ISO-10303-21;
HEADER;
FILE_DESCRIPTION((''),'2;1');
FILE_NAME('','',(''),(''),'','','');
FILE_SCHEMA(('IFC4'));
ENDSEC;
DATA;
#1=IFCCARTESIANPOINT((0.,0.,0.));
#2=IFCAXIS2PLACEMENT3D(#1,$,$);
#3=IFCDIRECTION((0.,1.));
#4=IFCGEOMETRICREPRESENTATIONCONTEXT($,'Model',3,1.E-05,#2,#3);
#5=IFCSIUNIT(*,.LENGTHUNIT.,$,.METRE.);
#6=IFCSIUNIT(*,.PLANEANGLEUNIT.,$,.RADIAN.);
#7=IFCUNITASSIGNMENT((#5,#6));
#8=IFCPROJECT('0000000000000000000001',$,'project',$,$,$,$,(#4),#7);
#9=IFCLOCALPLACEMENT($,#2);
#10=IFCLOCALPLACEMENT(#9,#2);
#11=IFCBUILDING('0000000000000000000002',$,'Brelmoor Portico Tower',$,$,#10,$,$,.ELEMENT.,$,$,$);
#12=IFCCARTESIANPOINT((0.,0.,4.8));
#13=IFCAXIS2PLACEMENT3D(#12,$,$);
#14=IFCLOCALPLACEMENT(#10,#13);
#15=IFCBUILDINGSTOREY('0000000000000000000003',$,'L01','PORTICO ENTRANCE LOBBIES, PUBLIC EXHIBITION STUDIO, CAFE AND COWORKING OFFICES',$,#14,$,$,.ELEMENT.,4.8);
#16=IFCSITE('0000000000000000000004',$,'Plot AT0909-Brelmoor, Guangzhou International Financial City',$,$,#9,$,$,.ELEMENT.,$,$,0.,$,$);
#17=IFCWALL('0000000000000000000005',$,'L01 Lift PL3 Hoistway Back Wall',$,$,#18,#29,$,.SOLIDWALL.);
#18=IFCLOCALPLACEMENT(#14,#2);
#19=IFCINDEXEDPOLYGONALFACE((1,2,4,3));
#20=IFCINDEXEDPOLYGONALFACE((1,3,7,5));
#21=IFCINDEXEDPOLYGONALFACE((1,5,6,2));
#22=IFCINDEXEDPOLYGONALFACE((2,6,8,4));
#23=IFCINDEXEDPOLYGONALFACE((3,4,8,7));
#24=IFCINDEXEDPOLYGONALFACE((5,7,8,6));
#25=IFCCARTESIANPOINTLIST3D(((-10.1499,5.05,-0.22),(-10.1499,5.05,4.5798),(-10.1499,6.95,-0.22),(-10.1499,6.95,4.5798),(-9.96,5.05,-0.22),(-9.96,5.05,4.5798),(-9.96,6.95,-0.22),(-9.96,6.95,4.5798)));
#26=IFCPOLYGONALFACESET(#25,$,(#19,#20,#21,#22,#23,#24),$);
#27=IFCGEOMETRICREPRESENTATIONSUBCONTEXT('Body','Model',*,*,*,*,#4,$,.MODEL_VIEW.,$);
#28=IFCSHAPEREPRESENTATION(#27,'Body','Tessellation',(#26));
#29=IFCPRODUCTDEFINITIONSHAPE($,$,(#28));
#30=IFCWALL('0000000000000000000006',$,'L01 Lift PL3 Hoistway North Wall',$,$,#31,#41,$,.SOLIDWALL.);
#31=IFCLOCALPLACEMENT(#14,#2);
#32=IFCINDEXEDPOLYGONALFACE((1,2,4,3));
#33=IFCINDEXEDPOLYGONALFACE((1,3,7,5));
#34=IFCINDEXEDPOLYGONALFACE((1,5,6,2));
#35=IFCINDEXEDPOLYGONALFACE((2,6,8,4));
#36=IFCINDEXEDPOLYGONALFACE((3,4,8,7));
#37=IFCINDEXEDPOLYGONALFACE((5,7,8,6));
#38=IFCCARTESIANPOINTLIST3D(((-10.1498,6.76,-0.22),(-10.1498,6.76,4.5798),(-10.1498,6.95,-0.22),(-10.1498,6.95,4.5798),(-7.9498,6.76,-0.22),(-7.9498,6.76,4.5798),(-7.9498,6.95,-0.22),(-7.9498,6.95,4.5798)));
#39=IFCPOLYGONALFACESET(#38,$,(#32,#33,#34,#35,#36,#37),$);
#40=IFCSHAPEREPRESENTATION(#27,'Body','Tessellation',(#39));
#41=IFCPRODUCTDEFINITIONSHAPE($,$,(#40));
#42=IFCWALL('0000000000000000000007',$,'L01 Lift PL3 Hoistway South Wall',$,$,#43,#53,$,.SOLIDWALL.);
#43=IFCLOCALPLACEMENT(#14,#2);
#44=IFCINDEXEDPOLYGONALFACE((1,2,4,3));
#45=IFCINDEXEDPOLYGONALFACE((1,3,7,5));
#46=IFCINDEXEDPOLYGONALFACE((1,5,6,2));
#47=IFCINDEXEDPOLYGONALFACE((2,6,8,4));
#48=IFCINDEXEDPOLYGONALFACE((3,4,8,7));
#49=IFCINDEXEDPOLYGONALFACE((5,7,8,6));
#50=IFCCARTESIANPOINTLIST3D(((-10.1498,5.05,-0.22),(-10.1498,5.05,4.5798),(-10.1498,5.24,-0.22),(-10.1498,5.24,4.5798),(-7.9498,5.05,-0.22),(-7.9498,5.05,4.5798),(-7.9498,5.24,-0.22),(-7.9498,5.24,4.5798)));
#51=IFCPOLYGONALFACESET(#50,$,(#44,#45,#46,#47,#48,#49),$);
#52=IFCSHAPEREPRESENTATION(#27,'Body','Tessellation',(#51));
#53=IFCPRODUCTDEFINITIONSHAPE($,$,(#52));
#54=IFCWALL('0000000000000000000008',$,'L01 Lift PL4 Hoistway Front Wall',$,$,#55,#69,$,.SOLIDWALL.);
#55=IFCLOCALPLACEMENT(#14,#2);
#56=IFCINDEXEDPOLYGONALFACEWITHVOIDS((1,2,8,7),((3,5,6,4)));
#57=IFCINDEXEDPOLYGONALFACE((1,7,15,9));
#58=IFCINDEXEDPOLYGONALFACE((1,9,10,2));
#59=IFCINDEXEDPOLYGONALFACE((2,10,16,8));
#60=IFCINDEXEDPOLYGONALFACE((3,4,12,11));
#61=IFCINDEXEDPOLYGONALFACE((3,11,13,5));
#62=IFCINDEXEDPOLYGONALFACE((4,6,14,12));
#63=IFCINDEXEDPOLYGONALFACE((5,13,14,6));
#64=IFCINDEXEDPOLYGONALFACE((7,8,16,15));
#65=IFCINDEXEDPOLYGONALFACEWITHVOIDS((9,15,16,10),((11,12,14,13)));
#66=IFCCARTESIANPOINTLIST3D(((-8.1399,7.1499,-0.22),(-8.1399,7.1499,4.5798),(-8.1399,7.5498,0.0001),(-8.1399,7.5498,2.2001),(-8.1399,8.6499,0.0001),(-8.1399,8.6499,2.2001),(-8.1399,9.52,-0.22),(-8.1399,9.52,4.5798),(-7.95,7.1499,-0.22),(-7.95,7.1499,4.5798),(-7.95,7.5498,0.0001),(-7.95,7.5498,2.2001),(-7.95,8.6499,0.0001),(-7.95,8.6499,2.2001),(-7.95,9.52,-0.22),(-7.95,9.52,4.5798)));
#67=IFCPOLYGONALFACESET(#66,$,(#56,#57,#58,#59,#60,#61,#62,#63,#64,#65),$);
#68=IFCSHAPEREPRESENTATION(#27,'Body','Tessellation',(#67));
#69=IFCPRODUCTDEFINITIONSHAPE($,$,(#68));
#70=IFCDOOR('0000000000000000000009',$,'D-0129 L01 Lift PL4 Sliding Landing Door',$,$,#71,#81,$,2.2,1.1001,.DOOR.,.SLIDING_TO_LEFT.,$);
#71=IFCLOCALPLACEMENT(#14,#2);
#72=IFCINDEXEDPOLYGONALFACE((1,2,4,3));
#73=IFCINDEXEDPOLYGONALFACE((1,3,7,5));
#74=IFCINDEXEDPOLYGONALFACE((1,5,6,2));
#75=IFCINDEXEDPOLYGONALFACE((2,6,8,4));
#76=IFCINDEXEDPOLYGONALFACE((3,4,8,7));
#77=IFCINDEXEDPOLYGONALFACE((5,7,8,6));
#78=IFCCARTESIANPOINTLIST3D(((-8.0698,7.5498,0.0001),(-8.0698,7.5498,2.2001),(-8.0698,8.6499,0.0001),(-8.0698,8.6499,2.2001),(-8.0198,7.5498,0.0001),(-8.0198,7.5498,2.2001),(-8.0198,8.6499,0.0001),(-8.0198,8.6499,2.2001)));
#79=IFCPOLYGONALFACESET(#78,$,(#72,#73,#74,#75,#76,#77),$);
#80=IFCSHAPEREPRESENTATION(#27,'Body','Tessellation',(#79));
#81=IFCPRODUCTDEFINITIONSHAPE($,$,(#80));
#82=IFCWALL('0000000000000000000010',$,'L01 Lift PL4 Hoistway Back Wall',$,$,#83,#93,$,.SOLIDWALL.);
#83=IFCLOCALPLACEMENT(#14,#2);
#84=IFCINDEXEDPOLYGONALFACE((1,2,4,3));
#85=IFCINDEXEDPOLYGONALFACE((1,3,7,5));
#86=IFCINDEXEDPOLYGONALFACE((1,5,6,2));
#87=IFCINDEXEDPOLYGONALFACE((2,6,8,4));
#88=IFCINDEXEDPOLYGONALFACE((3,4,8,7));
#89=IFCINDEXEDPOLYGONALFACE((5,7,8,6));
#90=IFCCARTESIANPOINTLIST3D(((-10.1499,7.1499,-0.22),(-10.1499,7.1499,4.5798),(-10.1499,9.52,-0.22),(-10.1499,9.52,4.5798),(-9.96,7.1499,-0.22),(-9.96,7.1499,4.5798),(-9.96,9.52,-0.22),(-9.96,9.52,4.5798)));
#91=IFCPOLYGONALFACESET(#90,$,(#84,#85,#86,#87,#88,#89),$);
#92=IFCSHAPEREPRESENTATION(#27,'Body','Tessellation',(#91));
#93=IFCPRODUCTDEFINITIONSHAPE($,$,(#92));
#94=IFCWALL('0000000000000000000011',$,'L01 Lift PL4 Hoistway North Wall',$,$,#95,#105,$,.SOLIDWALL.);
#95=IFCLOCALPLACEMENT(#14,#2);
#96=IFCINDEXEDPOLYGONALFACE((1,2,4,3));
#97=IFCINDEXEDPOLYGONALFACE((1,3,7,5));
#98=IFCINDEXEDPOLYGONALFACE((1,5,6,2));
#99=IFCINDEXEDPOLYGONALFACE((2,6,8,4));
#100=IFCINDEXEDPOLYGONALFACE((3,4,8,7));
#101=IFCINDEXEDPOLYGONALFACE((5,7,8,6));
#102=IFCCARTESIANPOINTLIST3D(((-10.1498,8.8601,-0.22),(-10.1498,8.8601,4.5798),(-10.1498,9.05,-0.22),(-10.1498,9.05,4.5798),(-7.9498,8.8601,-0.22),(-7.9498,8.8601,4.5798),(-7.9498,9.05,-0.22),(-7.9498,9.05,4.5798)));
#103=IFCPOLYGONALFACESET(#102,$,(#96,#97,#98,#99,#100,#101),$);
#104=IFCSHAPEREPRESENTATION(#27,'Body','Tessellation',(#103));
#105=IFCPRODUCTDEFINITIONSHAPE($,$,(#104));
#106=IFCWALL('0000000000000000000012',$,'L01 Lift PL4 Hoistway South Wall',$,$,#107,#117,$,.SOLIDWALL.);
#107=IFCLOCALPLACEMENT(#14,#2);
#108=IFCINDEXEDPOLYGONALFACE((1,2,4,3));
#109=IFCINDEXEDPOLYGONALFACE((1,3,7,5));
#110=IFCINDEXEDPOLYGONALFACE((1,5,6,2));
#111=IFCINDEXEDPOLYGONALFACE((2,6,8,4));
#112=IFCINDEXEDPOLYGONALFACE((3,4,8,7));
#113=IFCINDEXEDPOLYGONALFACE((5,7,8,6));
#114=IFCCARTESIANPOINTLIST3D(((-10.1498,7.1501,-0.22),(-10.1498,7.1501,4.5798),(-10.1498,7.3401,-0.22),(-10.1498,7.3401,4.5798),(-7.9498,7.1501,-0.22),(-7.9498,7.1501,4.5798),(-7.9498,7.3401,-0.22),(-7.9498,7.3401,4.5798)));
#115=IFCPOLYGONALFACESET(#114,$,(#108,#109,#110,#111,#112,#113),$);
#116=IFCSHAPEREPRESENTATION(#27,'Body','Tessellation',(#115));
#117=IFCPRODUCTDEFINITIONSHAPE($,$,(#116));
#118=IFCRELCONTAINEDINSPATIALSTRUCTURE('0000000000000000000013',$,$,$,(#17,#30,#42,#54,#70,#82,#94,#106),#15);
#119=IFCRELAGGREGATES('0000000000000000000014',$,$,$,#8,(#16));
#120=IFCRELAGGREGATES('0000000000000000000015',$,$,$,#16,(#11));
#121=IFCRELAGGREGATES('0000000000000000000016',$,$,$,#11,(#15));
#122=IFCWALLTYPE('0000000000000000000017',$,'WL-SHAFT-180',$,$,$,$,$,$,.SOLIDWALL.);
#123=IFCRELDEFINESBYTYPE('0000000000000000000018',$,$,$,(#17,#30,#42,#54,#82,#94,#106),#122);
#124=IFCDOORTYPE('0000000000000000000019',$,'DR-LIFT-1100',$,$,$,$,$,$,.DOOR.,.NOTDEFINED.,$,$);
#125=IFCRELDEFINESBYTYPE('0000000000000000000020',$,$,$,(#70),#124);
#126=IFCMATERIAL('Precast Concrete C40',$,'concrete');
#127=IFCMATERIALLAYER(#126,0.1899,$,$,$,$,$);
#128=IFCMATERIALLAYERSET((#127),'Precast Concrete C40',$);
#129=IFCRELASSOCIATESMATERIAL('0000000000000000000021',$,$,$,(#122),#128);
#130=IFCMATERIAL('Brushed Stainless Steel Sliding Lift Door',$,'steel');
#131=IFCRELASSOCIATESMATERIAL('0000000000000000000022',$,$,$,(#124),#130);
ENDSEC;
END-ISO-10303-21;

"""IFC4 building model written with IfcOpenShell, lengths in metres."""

from ifc_helpers import new_model, si_unit, direction, frame, frame_2d, origin, place, context, subcontext, project, spatial, rectangle, extrude, material, layer, layer_set, type_object, element, fill, save


model = new_model("IFC4")

# Units and contexts
model_context = context("Model", 3, precision=1e-05, world=origin(), true_north=direction((0.0, 1.0)))
body_context = subcontext(model_context, "Body", "Model", "MODEL_VIEW")
ifc_project = project(units=[si_unit("LENGTHUNIT", "METRE"), si_unit("PLANEANGLEUNIT", "RADIAN")], contexts=[model_context])

# Site, building, storey
site_placement = place(None, origin())
site = spatial("IfcSite", under=ifc_project, at=site_placement, Name="Plot AT0909-Brelmoor, Guangzhou International Financial City", CompositionType="ELEMENT", RefElevation=0.0)
building_placement = place(site_placement, origin())
building = spatial("IfcBuilding", under=site, at=building_placement, Name="Brelmoor Portico Tower", CompositionType="ELEMENT")
storey_placement = place(building_placement, frame((0.0, 0.0, 4.8)))
storey = spatial("IfcBuildingStorey", under=building, at=storey_placement, Name="L01", Description="PORTICO ENTRANCE LOBBIES, PUBLIC EXHIBITION STUDIO, CAFE AND COWORKING OFFICES", CompositionType="ELEMENT", Elevation=4.8)

# Shared definitions
ifc_material_1 = material(Name="Precast Concrete C40", Category="concrete")
ifc_layer_1 = layer(ifc_material_1, 0.1899)
ifc_layer_set_1 = layer_set([ifc_layer_1], Name="Precast Concrete C40")
wall_type_1 = type_object("IfcWallType", Name="WL-SHAFT-180", PredefinedType="SOLIDWALL", material=ifc_layer_set_1)

# Shared definitions
ifc_material_2 = material(Name="Brushed Stainless Steel Sliding Lift Door", Category="steel")
door_type_1 = type_object("IfcDoorType", Name="DR-LIFT-1100", OperationType="NOTDEFINED", PredefinedType="DOOR", material=ifc_material_2)

# Walls
wall_1_placement = place(storey_placement, frame((-10.0549, 5.05, -0.22), z_axis=(0.0, 0.0, 1.0), x_axis=(0.0, 1.0, 0.0)))
element("IfcWall", 1, at=wall_1_placement, inside=storey, type_object=wall_type_1, Name="L01 Lift PL3 Hoistway Back Wall", PredefinedType="SOLIDWALL", context=body_context, shape_type="SweptSolid", body=[
    extrude(rectangle(XDim=1.8999, YDim=0.1899, at=frame_2d((0.95, 0.0))), origin(), (0.0, 0.0, 1.0), 4.7998),
])
for number, where, z_axis, x_axis, name in (
    (2, (-10.1499, 6.855, -0.22), (0.0, 0.0, 1.0), (1.0, 0.0, 0.0), "L01 Lift PL3 Hoistway North Wall"),
    (3, (-10.1499, 5.145, -0.22), (0.0, 0.0, 1.0), (1.0, 0.0, 0.0), "L01 Lift PL3 Hoistway South Wall"),
):
    element("IfcWall", number, at=place(storey_placement, frame(where, z_axis=z_axis, x_axis=x_axis)), inside=storey, type_object=wall_type_1, Name=name, PredefinedType="SOLIDWALL", context=body_context, shape_type="SweptSolid", body=[
        extrude(rectangle(XDim=2.2, YDim=0.1899, at=frame_2d((1.1001, 0.0))), origin(), (0.0, 0.0, 1.0), 4.7998),
    ])

# Wall, opening, door
wall_2_placement = place(storey_placement, frame((-8.0449, 7.1499, -0.22), z_axis=(0.0, 0.0, 1.0), x_axis=(0.0, 1.0, 0.0)))
wall_2 = element("IfcWall", 4, at=wall_2_placement, inside=storey, type_object=wall_type_1, Name="L01 Lift PL4 Hoistway Front Wall", PredefinedType="SOLIDWALL", context=body_context, shape_type="SweptSolid", body=[
    extrude(rectangle(XDim=2.3701, YDim=0.1899, at=frame_2d((1.1851, 0.0))), origin(), (0.0, 0.0, 1.0), 4.7998),
])
opening_1_placement = place(wall_2_placement, frame((0.3999, 0.0, 0.22)))
opening_1 = element("IfcOpeningElement", 5, at=opening_1_placement, cuts=wall_2, PredefinedType="OPENING", context=body_context, shape_type="SweptSolid", body=[
    extrude(rectangle(XDim=1.1001, YDim=2.2, at=frame_2d((0.55, 1.1001))), frame((0.0, 0.105, 0.0), z_axis=(0.0, -1.0, 0.0), x_axis=(1.0, 0.0, 0.0)), (0.0, 0.0, 1.0), 0.21),
])
door_1_placement = place(opening_1_placement, origin())
door_1 = element("IfcDoor", 6, at=door_1_placement, inside=storey, type_object=door_type_1, Name="D-0129 L01 Lift PL4 Sliding Landing Door", OperationType="SLIDING_TO_LEFT", OverallHeight=2.2, OverallWidth=1.1001, PredefinedType="DOOR", context=body_context, shape_type="SweptSolid", body=[
    extrude(rectangle(XDim=1.1001, YDim=2.2, at=frame_2d((0.55, 1.1001))), frame((0.0, 0.0249, 0.0), z_axis=(0.0, -1.0, 0.0), x_axis=(1.0, 0.0, 0.0)), (0.0, 0.0, 1.0), 0.05),
])
fill(opening_1, door_1)

# Walls
wall_3_placement = place(storey_placement, frame((-10.0549, 7.1499, -0.22), z_axis=(0.0, 0.0, 1.0), x_axis=(0.0, 1.0, 0.0)))
element("IfcWall", 7, at=wall_3_placement, inside=storey, type_object=wall_type_1, Name="L01 Lift PL4 Hoistway Back Wall", PredefinedType="SOLIDWALL", context=body_context, shape_type="SweptSolid", body=[
    extrude(rectangle(XDim=2.3701, YDim=0.1899, at=frame_2d((1.1851, 0.0))), origin(), (0.0, 0.0, 1.0), 4.7998),
])
for number, where, z_axis, x_axis, name in (
    (8, (-10.1499, 8.9551, -0.22), (0.0, 0.0, 1.0), (1.0, 0.0, 0.0), "L01 Lift PL4 Hoistway North Wall"),
    (9, (-10.1499, 7.2451, -0.22), (0.0, 0.0, 1.0), (1.0, 0.0, 0.0), "L01 Lift PL4 Hoistway South Wall"),
):
    element("IfcWall", number, at=place(storey_placement, frame(where, z_axis=z_axis, x_axis=x_axis)), inside=storey, type_object=wall_type_1, Name=name, PredefinedType="SOLIDWALL", context=body_context, shape_type="SweptSolid", body=[
        extrude(rectangle(XDim=2.2, YDim=0.1899, at=frame_2d((1.1001, 0.0))), origin(), (0.0, 0.0, 1.0), 4.7998),
    ])

save(model, "model.ifc")
